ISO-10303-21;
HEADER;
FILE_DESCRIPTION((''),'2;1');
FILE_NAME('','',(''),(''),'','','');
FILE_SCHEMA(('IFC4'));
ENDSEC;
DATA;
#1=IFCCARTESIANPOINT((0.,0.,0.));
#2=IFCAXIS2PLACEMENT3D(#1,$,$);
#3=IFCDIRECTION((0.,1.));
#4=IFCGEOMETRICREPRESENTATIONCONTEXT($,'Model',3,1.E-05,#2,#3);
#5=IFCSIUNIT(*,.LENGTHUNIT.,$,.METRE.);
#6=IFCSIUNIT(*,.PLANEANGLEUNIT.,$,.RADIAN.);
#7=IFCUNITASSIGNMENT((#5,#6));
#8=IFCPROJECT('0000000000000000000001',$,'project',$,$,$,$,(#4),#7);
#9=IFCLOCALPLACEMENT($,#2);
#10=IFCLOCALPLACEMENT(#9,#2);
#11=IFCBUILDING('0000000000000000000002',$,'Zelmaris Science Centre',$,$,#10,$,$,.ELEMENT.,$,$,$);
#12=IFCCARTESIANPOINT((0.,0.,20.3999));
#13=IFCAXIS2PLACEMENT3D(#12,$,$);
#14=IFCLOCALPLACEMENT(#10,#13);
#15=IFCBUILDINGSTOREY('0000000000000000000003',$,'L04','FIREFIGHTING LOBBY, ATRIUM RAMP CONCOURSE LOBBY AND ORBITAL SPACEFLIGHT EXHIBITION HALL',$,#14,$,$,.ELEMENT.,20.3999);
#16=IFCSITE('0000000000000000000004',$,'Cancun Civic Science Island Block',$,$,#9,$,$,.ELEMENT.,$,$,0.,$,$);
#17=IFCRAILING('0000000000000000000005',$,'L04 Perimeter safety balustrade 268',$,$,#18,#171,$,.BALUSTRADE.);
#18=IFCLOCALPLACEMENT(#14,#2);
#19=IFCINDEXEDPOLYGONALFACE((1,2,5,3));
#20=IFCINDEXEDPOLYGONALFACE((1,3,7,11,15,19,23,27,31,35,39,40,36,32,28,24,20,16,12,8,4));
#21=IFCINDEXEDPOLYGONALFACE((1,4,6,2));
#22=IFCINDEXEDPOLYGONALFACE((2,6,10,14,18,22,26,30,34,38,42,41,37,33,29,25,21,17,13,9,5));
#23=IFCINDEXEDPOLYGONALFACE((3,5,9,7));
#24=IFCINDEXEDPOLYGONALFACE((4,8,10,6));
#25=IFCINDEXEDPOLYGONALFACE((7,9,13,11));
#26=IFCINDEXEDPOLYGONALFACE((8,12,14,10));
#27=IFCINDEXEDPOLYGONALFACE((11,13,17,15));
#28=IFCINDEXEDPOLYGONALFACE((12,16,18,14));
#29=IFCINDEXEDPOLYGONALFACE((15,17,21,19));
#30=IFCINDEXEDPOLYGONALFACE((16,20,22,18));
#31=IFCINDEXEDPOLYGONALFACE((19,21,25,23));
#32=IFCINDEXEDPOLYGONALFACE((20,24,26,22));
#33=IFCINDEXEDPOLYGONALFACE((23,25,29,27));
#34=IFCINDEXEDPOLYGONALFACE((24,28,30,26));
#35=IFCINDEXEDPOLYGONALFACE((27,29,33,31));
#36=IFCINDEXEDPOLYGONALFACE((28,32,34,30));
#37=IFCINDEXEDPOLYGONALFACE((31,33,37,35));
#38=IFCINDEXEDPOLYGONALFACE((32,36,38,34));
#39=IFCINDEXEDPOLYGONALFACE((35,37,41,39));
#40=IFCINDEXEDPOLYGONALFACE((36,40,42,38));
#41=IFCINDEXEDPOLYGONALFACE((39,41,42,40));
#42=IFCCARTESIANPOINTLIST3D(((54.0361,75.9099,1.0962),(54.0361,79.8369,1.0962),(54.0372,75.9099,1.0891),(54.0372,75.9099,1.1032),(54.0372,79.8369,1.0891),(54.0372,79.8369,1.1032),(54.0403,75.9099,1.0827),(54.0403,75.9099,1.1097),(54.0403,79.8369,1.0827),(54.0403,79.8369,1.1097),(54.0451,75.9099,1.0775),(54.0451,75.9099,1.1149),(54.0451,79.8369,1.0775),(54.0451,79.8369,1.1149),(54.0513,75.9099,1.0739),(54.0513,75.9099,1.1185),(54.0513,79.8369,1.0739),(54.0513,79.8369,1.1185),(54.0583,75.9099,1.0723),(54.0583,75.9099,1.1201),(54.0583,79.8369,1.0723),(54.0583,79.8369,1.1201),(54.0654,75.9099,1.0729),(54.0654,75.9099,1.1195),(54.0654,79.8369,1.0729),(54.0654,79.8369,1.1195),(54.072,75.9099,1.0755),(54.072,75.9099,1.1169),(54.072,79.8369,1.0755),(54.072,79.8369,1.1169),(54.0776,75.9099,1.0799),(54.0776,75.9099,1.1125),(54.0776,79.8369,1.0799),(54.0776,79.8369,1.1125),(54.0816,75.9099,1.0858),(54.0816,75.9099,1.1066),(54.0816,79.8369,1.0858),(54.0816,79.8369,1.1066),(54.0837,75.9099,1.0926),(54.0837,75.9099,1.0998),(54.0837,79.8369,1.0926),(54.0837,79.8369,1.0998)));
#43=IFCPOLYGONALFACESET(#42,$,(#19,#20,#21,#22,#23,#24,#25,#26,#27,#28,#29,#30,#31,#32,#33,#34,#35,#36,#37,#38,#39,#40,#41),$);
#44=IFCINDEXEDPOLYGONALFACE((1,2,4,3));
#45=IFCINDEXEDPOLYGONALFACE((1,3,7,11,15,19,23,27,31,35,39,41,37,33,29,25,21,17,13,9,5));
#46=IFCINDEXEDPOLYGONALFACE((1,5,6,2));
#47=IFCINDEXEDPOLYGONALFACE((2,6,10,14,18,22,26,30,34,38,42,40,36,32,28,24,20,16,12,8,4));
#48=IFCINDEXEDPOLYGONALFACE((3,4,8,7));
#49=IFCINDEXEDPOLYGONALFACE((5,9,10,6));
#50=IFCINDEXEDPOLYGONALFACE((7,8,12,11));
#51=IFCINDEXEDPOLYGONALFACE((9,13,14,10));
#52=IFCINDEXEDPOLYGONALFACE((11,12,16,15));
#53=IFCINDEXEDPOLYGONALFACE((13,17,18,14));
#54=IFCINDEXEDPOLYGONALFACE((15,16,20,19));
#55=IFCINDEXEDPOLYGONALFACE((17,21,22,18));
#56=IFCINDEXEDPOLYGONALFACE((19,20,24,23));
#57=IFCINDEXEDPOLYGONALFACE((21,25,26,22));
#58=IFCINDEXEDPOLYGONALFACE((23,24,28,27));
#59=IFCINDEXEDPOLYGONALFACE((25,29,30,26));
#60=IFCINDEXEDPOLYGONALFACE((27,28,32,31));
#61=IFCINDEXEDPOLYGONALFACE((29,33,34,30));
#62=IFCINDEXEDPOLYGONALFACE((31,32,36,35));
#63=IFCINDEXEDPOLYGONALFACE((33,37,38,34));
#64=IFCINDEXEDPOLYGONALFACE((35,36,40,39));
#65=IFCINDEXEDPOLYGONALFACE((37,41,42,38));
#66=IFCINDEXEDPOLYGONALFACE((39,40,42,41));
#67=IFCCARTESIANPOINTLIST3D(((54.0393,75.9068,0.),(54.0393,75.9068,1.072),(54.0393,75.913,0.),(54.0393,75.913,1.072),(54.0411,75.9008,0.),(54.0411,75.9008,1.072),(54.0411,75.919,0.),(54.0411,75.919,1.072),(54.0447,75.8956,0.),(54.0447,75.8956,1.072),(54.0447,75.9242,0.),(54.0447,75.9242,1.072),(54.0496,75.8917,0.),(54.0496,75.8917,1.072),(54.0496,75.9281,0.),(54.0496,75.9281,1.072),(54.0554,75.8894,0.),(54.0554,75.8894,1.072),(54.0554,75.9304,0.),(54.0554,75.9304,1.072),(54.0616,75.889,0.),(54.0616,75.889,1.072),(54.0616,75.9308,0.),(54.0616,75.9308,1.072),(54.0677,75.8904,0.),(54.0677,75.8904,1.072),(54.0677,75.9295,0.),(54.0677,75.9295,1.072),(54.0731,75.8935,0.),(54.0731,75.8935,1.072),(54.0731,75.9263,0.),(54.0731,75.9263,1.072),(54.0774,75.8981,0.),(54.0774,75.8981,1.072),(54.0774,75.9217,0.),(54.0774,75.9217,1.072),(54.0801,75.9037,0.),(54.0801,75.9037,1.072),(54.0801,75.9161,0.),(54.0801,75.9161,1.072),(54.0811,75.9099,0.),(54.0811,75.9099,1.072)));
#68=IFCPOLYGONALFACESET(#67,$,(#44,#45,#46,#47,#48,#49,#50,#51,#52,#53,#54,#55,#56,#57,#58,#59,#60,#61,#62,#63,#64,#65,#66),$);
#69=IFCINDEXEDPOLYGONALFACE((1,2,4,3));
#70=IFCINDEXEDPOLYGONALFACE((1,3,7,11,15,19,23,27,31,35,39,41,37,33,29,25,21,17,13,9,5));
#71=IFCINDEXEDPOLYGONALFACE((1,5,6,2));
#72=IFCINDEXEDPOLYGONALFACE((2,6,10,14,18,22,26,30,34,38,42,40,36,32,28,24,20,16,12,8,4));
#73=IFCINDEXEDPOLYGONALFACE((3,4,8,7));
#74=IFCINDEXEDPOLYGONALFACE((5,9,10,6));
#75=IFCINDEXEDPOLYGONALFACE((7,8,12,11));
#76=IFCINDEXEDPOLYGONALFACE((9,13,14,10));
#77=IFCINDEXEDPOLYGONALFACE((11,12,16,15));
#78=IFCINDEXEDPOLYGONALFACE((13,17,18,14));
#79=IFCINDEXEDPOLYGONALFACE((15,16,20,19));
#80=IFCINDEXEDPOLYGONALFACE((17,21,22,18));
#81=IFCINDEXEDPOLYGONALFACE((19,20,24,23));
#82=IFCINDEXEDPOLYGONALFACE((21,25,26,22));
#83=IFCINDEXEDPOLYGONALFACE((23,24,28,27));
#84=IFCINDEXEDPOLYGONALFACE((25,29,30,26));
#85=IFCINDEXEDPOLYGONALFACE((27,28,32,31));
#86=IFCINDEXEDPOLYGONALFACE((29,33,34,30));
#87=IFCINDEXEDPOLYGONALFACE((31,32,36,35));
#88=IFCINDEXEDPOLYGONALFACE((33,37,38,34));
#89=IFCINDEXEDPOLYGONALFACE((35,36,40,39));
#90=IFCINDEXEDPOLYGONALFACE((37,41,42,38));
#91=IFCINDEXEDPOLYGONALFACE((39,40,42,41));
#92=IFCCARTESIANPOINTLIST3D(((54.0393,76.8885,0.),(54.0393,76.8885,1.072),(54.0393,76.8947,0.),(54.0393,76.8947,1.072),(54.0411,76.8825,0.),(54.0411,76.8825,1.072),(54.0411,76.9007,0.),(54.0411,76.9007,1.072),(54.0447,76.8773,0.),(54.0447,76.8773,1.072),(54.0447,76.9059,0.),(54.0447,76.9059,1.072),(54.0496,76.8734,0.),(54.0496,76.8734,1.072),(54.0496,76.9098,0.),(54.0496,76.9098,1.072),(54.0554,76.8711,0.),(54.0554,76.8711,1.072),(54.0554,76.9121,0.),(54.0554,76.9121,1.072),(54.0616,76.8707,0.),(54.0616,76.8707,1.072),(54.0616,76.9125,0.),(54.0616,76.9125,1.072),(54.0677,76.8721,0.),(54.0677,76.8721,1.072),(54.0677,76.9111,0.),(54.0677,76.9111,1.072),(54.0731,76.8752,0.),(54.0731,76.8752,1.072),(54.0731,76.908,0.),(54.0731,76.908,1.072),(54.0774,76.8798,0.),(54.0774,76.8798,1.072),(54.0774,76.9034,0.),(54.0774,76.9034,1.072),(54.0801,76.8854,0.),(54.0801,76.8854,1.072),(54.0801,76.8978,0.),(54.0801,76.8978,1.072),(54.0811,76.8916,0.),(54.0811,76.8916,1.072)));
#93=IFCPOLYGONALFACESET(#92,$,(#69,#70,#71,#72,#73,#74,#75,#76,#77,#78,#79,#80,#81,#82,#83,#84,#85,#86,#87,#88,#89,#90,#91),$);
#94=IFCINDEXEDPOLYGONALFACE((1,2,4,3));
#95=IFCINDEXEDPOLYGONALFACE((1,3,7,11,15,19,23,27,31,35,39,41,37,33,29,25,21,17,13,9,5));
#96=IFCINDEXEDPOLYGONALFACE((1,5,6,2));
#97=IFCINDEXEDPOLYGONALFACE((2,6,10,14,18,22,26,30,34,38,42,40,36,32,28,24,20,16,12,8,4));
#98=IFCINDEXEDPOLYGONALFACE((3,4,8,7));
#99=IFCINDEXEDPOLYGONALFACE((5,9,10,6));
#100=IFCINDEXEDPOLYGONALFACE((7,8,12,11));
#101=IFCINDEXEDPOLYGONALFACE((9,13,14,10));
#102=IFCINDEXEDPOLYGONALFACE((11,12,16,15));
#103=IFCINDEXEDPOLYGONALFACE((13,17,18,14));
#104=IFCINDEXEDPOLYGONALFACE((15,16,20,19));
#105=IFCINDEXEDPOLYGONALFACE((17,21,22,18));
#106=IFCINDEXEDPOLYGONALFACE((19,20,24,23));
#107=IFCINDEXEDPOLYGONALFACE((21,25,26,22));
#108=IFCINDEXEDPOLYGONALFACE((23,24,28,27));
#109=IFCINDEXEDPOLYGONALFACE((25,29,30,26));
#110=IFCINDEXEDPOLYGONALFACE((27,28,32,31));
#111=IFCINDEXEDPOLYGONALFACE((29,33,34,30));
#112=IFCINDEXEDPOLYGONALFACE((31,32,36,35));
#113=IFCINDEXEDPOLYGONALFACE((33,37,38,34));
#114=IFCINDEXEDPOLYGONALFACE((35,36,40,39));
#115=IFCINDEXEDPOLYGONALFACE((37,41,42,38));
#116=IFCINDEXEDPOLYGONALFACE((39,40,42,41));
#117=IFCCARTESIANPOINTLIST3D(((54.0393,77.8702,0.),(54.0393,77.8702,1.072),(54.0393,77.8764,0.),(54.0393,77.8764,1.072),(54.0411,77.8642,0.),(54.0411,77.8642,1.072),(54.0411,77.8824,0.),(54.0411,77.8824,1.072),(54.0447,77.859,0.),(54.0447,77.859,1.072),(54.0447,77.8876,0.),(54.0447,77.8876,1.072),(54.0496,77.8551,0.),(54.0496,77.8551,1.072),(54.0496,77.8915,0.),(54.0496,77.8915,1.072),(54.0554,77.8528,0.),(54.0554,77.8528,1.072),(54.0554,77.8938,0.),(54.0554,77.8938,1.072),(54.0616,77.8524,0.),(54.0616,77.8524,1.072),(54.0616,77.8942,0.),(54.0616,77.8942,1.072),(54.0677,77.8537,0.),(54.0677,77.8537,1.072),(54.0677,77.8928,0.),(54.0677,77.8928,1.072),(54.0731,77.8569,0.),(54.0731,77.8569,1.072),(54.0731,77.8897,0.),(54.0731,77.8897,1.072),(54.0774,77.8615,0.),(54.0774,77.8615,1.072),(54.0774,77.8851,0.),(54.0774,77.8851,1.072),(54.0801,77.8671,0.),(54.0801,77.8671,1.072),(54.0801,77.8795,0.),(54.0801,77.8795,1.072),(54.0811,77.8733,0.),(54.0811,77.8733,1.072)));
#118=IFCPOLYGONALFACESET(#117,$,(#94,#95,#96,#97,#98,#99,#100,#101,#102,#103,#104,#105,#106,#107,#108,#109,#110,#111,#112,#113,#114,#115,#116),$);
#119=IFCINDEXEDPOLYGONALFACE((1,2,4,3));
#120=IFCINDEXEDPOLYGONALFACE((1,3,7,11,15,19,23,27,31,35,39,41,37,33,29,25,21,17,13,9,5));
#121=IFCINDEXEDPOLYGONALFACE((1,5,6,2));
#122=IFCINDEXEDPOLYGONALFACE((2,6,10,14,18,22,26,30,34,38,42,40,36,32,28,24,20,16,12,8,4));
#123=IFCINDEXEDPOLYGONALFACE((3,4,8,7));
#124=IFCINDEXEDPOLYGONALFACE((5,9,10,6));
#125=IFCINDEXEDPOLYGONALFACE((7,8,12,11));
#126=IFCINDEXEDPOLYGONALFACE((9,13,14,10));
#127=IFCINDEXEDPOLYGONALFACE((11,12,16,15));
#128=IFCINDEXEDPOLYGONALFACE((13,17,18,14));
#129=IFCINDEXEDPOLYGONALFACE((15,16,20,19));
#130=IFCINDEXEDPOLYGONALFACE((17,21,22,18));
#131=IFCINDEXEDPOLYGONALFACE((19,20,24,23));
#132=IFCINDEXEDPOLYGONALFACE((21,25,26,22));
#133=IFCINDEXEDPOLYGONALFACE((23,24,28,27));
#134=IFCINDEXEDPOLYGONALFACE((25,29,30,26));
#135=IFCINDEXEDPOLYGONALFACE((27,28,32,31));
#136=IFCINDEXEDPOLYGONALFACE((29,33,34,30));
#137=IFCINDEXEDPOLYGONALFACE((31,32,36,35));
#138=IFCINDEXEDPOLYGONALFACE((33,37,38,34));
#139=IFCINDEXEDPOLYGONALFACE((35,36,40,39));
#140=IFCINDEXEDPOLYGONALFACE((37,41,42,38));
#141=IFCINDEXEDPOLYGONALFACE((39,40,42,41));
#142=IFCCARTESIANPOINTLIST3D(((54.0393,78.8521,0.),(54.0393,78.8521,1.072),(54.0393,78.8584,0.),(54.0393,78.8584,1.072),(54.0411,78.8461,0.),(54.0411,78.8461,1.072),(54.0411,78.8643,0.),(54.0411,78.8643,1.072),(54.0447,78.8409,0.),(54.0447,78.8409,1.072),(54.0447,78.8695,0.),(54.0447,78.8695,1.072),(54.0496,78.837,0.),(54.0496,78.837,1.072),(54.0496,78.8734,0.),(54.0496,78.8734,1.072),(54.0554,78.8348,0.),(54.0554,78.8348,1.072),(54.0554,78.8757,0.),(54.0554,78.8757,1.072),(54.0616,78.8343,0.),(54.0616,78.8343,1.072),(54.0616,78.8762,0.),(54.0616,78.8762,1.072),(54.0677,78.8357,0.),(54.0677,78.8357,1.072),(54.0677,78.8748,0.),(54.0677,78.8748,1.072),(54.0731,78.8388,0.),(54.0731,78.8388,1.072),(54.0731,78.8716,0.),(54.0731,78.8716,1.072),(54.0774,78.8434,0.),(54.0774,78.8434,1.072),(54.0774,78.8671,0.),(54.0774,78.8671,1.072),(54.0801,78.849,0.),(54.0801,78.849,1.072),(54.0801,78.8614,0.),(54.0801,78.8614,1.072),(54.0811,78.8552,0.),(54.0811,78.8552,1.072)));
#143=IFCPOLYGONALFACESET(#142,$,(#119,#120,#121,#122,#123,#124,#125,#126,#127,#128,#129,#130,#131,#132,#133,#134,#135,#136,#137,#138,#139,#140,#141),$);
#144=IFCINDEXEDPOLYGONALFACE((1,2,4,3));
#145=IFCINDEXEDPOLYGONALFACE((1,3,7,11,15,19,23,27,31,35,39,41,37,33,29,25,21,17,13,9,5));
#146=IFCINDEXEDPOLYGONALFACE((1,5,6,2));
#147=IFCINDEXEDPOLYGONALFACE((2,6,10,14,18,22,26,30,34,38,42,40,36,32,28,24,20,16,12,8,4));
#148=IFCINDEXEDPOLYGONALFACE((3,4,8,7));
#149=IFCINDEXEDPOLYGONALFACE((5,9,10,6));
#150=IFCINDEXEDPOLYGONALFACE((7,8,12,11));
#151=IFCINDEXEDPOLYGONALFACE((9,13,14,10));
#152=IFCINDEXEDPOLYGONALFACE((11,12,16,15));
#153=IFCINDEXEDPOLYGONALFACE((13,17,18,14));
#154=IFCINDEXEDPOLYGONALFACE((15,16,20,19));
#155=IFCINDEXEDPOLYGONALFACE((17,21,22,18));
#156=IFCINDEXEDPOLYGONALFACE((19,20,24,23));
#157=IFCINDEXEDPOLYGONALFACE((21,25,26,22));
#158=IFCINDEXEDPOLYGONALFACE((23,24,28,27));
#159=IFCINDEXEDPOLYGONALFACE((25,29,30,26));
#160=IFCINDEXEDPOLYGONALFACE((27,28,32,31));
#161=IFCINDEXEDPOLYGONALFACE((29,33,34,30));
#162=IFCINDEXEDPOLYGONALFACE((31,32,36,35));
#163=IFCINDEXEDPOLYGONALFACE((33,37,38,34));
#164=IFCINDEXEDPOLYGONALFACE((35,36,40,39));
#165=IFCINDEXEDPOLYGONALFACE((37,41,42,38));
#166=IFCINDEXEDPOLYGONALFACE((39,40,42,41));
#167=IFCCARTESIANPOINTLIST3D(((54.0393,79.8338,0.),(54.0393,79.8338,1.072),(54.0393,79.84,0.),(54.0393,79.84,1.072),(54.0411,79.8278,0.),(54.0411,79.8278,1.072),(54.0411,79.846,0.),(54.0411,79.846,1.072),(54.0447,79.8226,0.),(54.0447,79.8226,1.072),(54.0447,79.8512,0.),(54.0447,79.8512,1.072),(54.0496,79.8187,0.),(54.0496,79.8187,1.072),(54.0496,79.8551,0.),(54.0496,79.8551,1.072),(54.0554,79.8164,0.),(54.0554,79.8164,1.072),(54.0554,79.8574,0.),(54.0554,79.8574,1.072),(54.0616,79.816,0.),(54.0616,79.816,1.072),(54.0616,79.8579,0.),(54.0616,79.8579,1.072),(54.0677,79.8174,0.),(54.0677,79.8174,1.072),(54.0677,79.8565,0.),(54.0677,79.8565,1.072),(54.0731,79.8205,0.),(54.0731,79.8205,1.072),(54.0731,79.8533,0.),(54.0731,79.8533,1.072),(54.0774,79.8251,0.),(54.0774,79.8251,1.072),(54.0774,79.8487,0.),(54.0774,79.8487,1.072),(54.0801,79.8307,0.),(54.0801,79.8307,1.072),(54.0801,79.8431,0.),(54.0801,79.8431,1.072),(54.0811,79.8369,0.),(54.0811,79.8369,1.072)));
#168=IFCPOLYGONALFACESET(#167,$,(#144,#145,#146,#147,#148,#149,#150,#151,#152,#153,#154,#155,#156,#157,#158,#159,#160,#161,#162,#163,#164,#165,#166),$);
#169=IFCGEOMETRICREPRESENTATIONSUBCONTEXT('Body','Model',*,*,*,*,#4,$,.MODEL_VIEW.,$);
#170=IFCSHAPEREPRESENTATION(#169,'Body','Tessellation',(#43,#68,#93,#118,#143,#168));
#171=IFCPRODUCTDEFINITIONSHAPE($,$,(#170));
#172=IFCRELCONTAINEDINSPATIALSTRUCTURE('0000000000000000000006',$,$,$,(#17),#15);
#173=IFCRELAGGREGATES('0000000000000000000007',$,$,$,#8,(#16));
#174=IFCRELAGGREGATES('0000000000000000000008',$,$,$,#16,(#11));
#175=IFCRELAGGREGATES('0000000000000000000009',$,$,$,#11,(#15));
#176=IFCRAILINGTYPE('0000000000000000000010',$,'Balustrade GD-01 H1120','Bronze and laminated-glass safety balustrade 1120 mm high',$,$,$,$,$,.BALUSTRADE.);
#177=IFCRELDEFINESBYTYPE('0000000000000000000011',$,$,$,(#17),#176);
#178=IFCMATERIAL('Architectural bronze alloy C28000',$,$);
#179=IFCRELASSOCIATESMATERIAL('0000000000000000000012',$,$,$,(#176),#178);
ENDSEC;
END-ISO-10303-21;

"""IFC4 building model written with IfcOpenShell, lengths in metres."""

from ifc_helpers import new_model, si_unit, direction, frame, origin, origin_2d, place, context, subcontext, project, spatial, circle, extrude, material, type_object, element, save


model = new_model("IFC4")

# Units and contexts
model_context = context("Model", 3, precision=1e-05, world=origin(), true_north=direction((0.0, 1.0)))
body_context = subcontext(model_context, "Body", "Model", "MODEL_VIEW")
ifc_project = project(units=[si_unit("LENGTHUNIT", "METRE"), si_unit("PLANEANGLEUNIT", "RADIAN")], contexts=[model_context])

# Site, building, storey
site_placement = place(None, origin())
site = spatial("IfcSite", under=ifc_project, at=site_placement, Name="Cancun Civic Science Island Block", CompositionType="ELEMENT", RefElevation=0.0)
building_placement = place(site_placement, origin())
building = spatial("IfcBuilding", under=site, at=building_placement, Name="Zelmaris Science Centre", CompositionType="ELEMENT")
storey_placement = place(building_placement, frame((0.0, 0.0, 20.3999)))
storey = spatial("IfcBuildingStorey", under=building, at=storey_placement, Name="L04", Description="FIREFIGHTING LOBBY, ATRIUM RAMP CONCOURSE LOBBY AND ORBITAL SPACEFLIGHT EXHIBITION HALL", CompositionType="ELEMENT", Elevation=20.3999)

# Railing
ifc_material_1 = material(Name="Architectural bronze alloy C28000")
railing_type = type_object("IfcRailingType", Name="Balustrade GD-01 H1120", Description="Bronze and laminated-glass safety balustrade 1120 mm high", PredefinedType="BALUSTRADE", material=ifc_material_1)
railing_1_placement = place(storey_placement, frame((54.0601, 75.9099, 0.0)))
element("IfcRailing", 1, at=railing_1_placement, inside=storey, type_object=railing_type, Name="L04 Perimeter safety balustrade 268", PredefinedType="BALUSTRADE", context=body_context, shape_type="SweptSolid", body=[
    extrude(circle(Radius=0.0239, at=origin_2d()), frame((0.0, 0.0, 1.0962), z_axis=(0.0, 1.0, 0.0), x_axis=(-1.0, 0.0, 0.0)), (0.0, 0.0, 1.0), 3.927),
    extrude(circle(Radius=0.021, at=origin_2d()), origin(), (0.0, 0.0, 1.0), 1.072),
    extrude(circle(Radius=0.021, at=origin_2d()), frame((0.0, 0.9817, 0.0)), (0.0, 0.0, 1.0), 1.072),
    extrude(circle(Radius=0.021, at=origin_2d()), frame((0.0, 1.9634, 0.0)), (0.0, 0.0, 1.0), 1.072),
    extrude(circle(Radius=0.021, at=origin_2d()), frame((0.0, 2.9453, 0.0)), (0.0, 0.0, 1.0), 1.072),
    extrude(circle(Radius=0.021, at=origin_2d()), frame((0.0, 3.927, 0.0)), (0.0, 0.0, 1.0), 1.072),
])

save(model, "model.ifc")
